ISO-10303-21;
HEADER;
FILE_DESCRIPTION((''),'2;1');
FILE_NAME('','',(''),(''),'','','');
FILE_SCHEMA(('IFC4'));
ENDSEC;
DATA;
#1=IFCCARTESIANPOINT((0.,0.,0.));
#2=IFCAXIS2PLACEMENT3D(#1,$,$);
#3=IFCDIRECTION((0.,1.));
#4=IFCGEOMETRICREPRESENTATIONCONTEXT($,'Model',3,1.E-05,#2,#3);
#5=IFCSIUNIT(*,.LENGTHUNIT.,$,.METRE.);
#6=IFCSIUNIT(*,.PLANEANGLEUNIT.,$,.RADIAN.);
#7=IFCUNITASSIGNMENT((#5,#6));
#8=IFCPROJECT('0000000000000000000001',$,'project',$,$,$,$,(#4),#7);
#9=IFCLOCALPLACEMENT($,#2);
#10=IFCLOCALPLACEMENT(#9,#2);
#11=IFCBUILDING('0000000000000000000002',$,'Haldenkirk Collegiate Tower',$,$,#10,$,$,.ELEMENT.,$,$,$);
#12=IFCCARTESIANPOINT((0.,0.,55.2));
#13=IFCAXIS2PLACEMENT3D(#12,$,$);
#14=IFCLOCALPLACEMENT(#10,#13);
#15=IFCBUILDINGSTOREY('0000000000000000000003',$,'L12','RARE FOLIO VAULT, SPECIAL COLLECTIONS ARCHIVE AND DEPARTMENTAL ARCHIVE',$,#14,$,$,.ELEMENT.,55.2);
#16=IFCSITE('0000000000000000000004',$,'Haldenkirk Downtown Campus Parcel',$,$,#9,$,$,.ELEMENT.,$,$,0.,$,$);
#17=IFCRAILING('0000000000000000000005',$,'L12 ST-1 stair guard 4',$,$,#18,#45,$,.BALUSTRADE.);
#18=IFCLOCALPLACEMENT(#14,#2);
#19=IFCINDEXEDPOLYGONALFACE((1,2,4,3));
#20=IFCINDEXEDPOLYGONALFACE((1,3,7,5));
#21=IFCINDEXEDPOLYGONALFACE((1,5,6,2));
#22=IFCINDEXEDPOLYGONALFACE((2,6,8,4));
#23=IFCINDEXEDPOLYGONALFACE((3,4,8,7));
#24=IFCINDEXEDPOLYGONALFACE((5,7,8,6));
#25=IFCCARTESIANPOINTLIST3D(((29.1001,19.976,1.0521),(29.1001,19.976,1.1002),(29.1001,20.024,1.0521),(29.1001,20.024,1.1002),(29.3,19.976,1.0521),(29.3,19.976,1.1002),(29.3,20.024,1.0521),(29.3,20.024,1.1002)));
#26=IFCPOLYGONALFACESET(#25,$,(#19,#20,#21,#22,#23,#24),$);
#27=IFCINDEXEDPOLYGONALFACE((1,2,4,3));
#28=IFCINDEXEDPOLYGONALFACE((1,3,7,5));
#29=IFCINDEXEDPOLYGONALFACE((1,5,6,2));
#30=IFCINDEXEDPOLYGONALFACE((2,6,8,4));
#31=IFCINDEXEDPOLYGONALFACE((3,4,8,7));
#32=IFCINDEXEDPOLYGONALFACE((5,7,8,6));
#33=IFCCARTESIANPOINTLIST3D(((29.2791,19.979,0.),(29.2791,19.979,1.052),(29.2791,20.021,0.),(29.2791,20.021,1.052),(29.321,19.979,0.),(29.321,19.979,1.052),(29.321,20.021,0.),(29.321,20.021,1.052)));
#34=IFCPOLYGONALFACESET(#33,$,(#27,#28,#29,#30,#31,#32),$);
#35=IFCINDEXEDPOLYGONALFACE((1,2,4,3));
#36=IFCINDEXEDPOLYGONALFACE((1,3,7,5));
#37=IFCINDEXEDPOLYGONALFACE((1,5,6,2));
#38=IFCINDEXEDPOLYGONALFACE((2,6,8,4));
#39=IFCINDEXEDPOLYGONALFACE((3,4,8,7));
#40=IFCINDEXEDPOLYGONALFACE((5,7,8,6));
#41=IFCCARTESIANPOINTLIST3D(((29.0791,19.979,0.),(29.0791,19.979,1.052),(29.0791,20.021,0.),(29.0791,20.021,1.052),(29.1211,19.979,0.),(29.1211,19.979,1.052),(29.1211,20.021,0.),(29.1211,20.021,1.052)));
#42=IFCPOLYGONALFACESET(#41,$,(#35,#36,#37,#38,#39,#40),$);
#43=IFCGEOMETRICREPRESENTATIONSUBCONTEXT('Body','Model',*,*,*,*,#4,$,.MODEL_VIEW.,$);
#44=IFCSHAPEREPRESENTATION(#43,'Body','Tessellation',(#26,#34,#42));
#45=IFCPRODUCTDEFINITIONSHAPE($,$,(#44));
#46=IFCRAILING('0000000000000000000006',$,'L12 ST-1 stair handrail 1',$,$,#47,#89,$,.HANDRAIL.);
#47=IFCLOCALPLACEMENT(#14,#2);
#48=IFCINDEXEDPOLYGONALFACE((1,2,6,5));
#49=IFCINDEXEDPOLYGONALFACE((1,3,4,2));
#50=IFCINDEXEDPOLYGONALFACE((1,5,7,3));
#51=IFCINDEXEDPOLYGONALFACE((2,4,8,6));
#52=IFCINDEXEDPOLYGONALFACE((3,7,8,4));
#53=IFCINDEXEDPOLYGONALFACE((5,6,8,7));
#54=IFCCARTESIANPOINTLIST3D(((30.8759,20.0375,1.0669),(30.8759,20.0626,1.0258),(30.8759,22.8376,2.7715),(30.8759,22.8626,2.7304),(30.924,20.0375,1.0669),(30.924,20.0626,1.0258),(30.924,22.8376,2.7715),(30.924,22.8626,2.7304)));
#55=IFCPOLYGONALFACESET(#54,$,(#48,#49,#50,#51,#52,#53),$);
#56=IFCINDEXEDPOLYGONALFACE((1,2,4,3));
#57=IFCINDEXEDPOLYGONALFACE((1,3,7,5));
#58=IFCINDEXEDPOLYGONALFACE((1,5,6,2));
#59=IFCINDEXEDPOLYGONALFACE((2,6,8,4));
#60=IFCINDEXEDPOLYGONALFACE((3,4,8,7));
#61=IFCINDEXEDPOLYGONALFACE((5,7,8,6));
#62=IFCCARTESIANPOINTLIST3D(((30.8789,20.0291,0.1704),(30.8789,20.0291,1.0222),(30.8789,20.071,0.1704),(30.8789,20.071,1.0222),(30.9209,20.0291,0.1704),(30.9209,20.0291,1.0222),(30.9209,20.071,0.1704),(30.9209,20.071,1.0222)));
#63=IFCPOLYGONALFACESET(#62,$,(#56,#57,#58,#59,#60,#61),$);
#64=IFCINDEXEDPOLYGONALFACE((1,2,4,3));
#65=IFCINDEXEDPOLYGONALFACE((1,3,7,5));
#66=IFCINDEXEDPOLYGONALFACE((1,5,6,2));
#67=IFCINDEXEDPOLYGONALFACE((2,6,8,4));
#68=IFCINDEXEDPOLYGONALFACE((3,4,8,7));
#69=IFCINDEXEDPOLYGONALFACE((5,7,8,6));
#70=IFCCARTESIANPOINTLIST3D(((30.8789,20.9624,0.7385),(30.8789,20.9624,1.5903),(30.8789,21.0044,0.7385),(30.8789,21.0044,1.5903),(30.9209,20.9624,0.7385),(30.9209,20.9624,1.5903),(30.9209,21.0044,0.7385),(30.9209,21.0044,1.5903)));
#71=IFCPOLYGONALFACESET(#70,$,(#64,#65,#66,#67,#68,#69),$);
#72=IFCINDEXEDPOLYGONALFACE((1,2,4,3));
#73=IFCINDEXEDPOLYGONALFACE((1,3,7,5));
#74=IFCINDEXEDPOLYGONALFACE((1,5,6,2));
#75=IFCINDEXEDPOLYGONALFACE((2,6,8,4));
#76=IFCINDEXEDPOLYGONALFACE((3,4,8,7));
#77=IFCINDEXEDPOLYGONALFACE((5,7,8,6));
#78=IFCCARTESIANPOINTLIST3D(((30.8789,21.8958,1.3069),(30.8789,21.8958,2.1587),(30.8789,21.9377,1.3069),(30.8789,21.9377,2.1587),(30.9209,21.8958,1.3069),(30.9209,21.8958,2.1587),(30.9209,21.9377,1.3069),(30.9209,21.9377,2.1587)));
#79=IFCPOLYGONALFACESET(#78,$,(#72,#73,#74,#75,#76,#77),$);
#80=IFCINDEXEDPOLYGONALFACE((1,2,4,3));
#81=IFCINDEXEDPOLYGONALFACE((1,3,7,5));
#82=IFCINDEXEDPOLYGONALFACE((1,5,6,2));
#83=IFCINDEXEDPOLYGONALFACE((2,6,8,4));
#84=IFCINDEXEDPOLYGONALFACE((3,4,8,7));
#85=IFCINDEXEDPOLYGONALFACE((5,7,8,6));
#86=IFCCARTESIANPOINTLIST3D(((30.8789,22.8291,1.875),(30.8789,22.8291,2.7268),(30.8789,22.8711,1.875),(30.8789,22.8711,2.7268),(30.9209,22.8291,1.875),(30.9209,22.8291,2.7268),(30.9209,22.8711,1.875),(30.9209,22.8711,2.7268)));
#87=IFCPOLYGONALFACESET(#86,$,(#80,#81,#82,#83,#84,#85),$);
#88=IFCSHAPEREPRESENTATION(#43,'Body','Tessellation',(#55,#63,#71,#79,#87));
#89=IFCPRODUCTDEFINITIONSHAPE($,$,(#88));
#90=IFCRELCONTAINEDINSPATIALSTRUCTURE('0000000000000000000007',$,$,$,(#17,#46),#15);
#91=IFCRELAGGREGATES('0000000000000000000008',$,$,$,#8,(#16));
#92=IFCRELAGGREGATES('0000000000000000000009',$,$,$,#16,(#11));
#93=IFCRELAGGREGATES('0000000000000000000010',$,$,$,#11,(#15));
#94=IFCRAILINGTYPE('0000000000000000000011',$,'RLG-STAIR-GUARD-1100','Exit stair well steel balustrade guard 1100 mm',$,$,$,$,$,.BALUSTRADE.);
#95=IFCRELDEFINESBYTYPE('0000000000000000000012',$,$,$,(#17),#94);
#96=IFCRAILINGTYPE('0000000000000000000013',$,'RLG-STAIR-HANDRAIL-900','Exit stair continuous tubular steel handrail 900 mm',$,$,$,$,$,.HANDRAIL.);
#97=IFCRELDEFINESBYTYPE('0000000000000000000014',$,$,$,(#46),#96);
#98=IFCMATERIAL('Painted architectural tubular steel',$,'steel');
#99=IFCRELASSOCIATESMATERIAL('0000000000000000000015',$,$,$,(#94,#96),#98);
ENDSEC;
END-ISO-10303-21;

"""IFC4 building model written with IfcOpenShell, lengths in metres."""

from ifc_helpers import new_model, si_unit, direction, frame, origin, origin_2d, place, context, subcontext, project, spatial, rectangle, extrude, material, type_object, element, save


model = new_model("IFC4")

# Units and contexts
model_context = context("Model", 3, precision=1e-05, world=origin(), true_north=direction((0.0, 1.0)))
body_context = subcontext(model_context, "Body", "Model", "MODEL_VIEW")
ifc_project = project(units=[si_unit("LENGTHUNIT", "METRE"), si_unit("PLANEANGLEUNIT", "RADIAN")], contexts=[model_context])

# Site, building, storey
site_placement = place(None, origin())
site = spatial("IfcSite", under=ifc_project, at=site_placement, Name="Haldenkirk Downtown Campus Parcel", CompositionType="ELEMENT", RefElevation=0.0)
building_placement = place(site_placement, origin())
building = spatial("IfcBuilding", under=site, at=building_placement, Name="Haldenkirk Collegiate Tower", CompositionType="ELEMENT")
storey_placement = place(building_placement, frame((0.0, 0.0, 55.2)))
storey = spatial("IfcBuildingStorey", under=building, at=storey_placement, Name="L12", Description="RARE FOLIO VAULT, SPECIAL COLLECTIONS ARCHIVE AND DEPARTMENTAL ARCHIVE", CompositionType="ELEMENT", Elevation=55.2)

# Railings
ifc_material_1 = material(Name="Painted architectural tubular steel", Category="steel")
railing_type_1 = type_object("IfcRailingType", Name="RLG-STAIR-GUARD-1100", Description="Exit stair well steel balustrade guard 1100 mm", PredefinedType="BALUSTRADE", material=ifc_material_1)
railing_1_placement = place(storey_placement, frame((29.3, 20.0, 0.0)))
element("IfcRailing", 1, at=railing_1_placement, inside=storey, type_object=railing_type_1, Name="L12 ST-1 stair guard 4", PredefinedType="BALUSTRADE", context=body_context, shape_type="SweptSolid", body=[
    extrude(rectangle(XDim=0.0481, YDim=0.0481, at=origin_2d()), frame((0.0, 0.0, 1.0762), z_axis=(-1.0, 0.0, 0.0), x_axis=(0.0, -1.0, 0.0)), (0.0, 0.0, 1.0), 0.2),
    extrude(rectangle(XDim=0.042, YDim=0.042, at=origin_2d()), origin(), (0.0, 0.0, 1.0), 1.052),
    extrude(rectangle(XDim=0.042, YDim=0.042, at=origin_2d()), frame((-0.2, 0.0, 0.0)), (0.0, 0.0, 1.0), 1.052),
])
railing_type_2 = type_object("IfcRailingType", Name="RLG-STAIR-HANDRAIL-900", Description="Exit stair continuous tubular steel handrail 900 mm", PredefinedType="HANDRAIL", material=ifc_material_1)
railing_2_placement = place(storey_placement, frame((30.8999, 20.05, 0.1704)))
element("IfcRailing", 2, at=railing_2_placement, inside=storey, type_object=railing_type_2, Name="L12 ST-1 stair handrail 1", PredefinedType="HANDRAIL", context=body_context, shape_type="SweptSolid", body=[
    extrude(rectangle(XDim=0.0481, YDim=0.0481, at=origin_2d()), frame((0.0, 0.0, 0.876), z_axis=(0.0, 0.85417, 0.519994), x_axis=(-1.0, 0.0, 0.0)), (0.0, 0.0, 1.0), 3.2781),
    extrude(rectangle(XDim=0.042, YDim=0.042, at=origin_2d()), origin(), (0.0, 0.0, 1.0), 0.8518),
    extrude(rectangle(XDim=0.042, YDim=0.042, at=origin_2d()), frame((0.0, 0.9333, 0.5681)), (0.0, 0.0, 1.0), 0.8518),
    extrude(rectangle(XDim=0.042, YDim=0.042, at=origin_2d()), frame((0.0, 1.8667, 1.1365)), (0.0, 0.0, 1.0), 0.8518),
    extrude(rectangle(XDim=0.042, YDim=0.042, at=origin_2d()), frame((0.0, 2.8, 1.7046)), (0.0, 0.0, 1.0), 0.8518),
])

save(model, "model.ifc")
